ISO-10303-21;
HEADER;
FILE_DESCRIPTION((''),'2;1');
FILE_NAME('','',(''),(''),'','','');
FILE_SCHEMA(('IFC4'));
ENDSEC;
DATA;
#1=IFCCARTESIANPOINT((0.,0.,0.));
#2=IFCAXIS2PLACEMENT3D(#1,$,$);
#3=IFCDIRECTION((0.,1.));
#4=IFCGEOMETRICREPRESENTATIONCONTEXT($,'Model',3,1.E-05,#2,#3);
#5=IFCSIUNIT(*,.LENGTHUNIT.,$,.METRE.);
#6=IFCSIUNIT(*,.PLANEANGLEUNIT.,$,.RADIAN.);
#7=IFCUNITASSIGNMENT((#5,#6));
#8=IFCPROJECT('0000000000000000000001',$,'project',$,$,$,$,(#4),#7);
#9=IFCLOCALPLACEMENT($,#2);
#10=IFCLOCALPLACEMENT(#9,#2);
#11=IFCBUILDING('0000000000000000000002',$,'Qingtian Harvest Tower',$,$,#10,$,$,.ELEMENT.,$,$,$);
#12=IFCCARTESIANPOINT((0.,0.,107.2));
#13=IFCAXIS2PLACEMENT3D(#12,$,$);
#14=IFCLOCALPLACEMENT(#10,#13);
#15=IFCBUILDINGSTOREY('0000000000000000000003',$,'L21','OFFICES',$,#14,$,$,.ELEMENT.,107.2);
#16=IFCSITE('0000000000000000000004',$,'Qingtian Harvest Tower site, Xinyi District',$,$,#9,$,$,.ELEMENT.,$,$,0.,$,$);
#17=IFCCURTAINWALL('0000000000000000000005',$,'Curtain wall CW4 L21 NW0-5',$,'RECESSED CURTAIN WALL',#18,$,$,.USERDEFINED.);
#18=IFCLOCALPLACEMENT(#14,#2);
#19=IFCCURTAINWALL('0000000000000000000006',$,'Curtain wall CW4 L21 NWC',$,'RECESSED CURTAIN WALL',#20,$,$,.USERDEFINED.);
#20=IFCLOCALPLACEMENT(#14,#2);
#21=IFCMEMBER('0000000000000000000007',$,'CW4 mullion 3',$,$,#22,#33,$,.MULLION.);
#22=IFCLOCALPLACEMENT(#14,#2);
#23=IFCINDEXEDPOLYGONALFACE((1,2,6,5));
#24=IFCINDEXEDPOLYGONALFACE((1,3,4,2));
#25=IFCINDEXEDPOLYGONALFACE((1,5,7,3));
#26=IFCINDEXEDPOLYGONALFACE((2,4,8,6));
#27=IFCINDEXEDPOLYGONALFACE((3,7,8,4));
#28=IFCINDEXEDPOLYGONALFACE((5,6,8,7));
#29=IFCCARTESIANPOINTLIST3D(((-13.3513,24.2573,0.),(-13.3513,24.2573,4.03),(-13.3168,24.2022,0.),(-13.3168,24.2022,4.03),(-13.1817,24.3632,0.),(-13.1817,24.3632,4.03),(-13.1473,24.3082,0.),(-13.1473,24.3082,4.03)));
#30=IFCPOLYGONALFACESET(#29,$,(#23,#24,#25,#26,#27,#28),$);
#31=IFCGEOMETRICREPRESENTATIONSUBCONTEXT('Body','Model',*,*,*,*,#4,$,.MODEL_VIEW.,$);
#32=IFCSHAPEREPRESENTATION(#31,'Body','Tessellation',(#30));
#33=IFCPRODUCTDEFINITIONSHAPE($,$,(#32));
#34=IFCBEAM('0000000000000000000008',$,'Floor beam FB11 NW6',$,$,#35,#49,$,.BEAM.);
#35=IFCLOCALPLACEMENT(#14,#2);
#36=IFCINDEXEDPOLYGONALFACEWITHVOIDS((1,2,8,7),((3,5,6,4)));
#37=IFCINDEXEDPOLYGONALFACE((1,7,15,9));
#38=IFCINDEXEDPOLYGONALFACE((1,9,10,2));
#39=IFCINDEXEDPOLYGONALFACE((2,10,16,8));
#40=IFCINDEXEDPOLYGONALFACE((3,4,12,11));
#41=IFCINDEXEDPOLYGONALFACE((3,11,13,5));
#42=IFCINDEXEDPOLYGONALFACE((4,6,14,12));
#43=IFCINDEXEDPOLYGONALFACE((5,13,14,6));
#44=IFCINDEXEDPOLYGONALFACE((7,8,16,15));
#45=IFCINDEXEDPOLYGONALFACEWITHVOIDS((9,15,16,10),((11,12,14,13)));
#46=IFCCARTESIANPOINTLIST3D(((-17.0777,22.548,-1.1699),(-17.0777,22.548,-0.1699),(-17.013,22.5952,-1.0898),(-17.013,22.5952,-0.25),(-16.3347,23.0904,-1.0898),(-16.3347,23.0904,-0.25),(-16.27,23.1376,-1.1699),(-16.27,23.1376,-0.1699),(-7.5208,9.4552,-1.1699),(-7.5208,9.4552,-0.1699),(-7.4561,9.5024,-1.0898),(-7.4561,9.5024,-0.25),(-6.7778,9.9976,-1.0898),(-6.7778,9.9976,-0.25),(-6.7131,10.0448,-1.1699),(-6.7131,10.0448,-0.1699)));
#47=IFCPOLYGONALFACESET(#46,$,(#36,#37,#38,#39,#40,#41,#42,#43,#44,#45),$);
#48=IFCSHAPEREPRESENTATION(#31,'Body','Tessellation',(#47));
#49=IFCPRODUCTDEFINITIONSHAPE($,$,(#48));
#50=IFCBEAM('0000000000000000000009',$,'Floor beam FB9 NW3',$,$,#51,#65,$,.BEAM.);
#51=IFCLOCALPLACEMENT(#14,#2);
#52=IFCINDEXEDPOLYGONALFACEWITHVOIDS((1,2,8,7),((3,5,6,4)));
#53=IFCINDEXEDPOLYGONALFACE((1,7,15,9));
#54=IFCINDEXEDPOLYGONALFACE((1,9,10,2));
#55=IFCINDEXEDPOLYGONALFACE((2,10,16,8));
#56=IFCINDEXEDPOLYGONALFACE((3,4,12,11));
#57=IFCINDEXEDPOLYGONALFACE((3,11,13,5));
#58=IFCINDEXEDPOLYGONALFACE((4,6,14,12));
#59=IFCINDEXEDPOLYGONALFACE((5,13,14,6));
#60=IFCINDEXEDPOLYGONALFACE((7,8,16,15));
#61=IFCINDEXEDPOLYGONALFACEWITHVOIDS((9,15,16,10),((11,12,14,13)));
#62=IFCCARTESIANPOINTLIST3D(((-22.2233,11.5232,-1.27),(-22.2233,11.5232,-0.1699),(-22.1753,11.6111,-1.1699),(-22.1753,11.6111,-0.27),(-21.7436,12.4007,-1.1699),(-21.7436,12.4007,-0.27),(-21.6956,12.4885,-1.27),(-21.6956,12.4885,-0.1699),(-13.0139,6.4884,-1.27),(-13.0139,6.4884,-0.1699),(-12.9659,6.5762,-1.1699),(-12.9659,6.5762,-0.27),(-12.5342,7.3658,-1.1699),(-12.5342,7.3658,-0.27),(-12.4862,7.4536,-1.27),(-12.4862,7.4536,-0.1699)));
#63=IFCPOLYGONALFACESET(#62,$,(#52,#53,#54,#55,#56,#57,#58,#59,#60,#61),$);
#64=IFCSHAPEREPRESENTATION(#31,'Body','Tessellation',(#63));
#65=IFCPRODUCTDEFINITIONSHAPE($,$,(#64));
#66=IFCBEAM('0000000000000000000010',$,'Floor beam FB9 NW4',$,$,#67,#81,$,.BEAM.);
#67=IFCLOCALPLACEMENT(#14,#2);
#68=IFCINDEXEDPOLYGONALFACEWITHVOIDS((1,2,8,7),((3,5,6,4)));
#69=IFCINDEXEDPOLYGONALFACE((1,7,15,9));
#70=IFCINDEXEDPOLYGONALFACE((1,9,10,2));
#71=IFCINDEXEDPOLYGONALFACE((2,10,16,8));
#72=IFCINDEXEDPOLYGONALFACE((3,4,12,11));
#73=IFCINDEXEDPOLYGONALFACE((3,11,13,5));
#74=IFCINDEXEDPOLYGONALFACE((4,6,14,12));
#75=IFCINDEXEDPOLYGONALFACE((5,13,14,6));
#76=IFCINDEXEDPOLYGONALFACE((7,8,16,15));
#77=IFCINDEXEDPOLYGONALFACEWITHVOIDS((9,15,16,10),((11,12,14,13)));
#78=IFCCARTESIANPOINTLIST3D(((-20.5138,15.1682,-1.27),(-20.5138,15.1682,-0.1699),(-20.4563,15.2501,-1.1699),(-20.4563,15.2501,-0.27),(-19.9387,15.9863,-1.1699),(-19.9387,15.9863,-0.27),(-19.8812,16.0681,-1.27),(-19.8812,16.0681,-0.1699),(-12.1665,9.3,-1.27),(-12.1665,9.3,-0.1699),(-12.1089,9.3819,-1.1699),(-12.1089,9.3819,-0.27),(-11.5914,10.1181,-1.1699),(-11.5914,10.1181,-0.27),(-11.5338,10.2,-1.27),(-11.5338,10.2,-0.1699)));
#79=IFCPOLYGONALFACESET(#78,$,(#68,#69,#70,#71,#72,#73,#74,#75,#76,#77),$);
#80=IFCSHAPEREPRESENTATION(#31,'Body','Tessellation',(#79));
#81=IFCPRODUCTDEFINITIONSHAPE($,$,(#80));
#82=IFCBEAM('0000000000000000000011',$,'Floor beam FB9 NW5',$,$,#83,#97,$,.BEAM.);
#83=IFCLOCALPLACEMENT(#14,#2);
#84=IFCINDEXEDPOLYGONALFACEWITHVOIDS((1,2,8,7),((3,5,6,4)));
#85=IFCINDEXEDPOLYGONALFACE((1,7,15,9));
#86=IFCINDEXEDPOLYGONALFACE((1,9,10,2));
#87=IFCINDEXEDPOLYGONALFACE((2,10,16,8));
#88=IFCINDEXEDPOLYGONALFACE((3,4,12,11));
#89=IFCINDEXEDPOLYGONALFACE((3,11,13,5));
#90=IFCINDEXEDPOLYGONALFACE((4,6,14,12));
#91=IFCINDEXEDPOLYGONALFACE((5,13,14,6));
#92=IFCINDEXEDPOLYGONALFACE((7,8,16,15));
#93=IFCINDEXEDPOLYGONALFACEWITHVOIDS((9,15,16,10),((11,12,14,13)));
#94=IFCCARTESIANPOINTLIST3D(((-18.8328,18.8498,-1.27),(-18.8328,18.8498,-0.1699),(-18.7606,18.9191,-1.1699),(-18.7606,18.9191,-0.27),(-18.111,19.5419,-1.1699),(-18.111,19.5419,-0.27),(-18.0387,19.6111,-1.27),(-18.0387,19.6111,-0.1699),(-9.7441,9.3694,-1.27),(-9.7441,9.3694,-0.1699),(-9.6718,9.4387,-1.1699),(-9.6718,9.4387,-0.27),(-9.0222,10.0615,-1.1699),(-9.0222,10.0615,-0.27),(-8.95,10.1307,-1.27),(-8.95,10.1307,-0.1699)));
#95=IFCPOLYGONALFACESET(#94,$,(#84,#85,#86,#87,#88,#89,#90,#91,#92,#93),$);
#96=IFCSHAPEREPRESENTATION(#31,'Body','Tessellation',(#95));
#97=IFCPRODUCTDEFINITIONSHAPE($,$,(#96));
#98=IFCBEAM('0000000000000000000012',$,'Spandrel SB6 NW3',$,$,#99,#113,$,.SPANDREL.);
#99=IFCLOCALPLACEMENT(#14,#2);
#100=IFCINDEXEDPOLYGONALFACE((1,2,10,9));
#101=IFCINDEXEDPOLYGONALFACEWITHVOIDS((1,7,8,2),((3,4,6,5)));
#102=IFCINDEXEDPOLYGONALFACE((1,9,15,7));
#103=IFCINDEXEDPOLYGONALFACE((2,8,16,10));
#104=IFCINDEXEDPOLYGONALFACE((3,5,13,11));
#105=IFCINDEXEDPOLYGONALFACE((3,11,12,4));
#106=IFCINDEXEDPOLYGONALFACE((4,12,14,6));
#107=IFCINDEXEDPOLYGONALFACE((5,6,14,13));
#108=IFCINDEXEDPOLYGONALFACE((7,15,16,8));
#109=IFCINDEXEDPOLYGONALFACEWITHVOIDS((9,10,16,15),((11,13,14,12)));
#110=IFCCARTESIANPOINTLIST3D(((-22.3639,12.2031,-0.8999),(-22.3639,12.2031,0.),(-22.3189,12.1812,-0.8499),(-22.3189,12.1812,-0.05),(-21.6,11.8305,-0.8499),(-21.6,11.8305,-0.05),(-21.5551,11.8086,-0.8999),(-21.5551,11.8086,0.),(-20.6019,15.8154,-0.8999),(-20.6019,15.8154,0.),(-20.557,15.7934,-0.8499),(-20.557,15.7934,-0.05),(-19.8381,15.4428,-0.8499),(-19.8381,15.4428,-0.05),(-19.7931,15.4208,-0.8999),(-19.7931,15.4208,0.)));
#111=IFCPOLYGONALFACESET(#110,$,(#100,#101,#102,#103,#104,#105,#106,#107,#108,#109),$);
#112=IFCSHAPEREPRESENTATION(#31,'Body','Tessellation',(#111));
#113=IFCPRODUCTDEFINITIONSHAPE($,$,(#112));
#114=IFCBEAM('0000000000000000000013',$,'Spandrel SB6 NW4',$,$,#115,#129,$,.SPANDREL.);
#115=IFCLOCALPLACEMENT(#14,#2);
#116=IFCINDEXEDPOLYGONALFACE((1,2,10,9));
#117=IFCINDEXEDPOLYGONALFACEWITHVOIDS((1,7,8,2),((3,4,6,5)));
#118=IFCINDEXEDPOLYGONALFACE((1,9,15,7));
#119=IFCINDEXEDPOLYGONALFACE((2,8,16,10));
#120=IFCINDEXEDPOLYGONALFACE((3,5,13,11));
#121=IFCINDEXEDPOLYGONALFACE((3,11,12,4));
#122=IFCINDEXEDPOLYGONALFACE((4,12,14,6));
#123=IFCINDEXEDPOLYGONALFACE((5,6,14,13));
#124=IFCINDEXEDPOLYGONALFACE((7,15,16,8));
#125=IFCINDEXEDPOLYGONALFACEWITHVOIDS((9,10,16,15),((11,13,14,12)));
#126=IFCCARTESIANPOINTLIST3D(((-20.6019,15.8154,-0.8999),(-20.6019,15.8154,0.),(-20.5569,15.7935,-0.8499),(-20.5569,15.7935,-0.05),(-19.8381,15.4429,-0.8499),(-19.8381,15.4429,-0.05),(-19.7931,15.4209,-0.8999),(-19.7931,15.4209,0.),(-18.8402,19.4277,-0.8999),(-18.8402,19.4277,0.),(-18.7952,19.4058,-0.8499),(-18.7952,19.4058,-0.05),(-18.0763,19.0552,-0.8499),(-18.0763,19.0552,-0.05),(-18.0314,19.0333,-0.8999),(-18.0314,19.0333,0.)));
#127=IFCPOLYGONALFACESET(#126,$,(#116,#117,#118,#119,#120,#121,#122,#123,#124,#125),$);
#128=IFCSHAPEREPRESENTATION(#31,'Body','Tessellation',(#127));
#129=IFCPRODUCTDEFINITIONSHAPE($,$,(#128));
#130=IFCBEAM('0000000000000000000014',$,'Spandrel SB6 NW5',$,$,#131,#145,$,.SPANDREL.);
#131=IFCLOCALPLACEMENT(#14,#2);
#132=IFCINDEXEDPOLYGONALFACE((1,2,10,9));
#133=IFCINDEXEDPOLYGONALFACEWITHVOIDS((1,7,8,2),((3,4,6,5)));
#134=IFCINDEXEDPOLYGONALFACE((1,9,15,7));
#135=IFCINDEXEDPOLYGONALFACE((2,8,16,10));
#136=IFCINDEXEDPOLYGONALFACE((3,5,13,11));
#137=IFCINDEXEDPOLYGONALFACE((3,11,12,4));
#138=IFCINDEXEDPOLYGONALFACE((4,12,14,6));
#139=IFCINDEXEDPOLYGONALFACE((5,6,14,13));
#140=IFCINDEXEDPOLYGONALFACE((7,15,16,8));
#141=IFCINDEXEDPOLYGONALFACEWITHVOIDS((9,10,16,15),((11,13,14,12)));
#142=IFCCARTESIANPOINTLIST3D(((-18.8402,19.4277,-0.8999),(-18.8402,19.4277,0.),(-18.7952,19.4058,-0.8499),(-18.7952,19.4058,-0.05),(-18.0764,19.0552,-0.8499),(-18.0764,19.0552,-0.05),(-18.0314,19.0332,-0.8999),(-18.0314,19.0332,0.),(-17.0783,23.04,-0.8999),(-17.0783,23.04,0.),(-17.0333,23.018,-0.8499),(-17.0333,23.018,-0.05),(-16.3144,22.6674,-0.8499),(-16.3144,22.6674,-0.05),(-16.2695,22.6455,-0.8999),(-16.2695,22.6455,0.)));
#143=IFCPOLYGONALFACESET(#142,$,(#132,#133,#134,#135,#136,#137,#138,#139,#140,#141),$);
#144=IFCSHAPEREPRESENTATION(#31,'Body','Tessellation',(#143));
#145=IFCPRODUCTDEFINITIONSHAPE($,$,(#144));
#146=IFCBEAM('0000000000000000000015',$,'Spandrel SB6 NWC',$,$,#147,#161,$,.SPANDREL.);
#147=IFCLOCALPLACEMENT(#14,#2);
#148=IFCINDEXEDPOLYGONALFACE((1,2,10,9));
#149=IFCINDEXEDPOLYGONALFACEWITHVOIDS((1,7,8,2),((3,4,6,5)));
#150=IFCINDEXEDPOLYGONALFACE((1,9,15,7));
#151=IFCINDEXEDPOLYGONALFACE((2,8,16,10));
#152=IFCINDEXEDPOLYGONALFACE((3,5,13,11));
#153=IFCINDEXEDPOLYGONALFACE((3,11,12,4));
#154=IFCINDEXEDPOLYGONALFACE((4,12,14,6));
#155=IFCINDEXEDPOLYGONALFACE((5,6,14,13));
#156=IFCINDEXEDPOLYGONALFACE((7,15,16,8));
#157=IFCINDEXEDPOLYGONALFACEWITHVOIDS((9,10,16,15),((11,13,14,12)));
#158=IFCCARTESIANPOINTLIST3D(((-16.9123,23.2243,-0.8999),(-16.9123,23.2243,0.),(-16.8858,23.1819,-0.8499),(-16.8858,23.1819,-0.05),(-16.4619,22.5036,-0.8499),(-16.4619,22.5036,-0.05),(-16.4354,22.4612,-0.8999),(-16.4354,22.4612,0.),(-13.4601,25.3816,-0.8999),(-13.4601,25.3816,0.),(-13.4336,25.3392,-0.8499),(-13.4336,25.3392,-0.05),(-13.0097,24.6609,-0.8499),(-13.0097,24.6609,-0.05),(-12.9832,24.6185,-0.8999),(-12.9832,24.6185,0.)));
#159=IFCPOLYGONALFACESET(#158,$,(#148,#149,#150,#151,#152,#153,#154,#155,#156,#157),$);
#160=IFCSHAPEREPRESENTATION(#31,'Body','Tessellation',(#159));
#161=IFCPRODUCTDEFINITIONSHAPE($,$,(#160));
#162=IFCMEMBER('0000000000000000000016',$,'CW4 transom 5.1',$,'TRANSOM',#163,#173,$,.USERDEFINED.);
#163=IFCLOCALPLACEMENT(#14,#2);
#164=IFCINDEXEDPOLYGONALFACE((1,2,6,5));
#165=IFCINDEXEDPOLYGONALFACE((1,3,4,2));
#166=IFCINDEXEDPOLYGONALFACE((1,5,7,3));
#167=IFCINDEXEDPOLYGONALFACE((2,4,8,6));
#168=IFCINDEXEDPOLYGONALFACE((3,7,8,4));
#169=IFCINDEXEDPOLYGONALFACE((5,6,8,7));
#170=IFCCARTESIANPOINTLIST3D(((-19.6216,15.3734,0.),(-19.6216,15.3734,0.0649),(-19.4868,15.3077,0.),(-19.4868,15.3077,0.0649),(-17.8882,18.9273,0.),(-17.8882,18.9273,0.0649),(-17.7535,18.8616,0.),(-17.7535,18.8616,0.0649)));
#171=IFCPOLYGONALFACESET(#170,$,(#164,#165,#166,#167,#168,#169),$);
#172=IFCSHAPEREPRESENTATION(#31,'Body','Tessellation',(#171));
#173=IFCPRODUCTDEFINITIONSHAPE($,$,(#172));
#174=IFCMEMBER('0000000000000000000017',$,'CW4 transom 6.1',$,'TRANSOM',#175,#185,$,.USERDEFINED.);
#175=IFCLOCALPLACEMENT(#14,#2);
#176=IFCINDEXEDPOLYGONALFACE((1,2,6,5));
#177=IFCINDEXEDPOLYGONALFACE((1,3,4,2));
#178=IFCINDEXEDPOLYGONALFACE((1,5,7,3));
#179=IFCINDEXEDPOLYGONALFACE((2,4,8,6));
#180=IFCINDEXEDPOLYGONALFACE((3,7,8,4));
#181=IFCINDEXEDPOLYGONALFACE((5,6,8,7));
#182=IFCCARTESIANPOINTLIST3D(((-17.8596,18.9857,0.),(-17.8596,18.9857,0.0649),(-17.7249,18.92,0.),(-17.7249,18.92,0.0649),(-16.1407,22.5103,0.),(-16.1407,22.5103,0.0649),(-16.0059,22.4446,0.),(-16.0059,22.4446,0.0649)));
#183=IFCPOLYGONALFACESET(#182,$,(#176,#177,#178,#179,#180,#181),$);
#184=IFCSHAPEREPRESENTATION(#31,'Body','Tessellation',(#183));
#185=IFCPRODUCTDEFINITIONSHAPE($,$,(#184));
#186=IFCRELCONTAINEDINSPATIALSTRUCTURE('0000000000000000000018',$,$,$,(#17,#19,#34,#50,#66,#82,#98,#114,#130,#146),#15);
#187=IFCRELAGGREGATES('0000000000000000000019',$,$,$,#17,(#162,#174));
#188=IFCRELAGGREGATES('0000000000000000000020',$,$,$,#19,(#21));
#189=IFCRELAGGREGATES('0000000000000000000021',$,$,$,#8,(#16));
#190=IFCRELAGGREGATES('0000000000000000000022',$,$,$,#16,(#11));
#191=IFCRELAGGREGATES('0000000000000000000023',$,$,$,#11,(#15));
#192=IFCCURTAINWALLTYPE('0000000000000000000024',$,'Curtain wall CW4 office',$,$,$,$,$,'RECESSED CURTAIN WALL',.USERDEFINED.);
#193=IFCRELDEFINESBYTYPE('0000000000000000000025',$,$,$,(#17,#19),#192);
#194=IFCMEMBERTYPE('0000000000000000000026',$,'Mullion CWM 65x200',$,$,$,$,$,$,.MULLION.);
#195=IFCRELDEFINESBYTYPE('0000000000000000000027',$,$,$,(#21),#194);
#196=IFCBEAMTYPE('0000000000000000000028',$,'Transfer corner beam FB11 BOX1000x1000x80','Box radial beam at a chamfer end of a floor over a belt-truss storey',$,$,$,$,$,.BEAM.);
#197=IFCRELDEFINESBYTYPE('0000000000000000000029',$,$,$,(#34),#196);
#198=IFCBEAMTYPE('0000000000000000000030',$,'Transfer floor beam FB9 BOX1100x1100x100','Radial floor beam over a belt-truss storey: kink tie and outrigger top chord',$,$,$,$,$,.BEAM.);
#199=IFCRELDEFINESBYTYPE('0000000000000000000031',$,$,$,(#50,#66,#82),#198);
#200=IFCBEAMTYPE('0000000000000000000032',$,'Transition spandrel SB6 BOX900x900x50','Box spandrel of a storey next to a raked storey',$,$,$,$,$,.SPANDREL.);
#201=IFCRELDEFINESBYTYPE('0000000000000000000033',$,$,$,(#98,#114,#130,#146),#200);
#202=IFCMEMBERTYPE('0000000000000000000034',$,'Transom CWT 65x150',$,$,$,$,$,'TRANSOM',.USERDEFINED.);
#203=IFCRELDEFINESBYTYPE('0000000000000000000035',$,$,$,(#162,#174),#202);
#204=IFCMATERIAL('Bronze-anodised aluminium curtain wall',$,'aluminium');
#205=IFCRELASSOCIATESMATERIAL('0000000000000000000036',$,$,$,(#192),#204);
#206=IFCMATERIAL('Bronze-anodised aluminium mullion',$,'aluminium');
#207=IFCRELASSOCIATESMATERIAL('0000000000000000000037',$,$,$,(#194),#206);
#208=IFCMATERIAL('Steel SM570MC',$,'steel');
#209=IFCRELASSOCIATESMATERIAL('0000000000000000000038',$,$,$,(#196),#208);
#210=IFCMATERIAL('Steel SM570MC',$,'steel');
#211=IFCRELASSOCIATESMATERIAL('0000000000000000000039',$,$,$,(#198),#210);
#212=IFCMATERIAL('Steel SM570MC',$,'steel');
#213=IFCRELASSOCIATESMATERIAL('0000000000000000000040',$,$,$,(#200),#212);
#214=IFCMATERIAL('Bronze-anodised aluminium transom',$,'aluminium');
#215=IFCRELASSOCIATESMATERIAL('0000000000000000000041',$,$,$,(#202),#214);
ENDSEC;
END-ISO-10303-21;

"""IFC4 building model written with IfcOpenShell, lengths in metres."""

from ifc_helpers import new_model, si_unit, direction, frame, origin, origin_2d, place, context, subcontext, project, spatial, rectangle, hollow_rectangle, extrude, material, material_profile, profile_set, type_object, element, aggregate, save


model = new_model("IFC4")

# Units and contexts
model_context = context("Model", 3, precision=1e-05, world=origin(), true_north=direction((0.0, 1.0)))
body_context = subcontext(model_context, "Body", "Model", "MODEL_VIEW")
ifc_project = project(units=[si_unit("LENGTHUNIT", "METRE"), si_unit("PLANEANGLEUNIT", "RADIAN")], contexts=[model_context])

# Site, building, storey
site_placement = place(None, origin())
site = spatial("IfcSite", under=ifc_project, at=site_placement, Name="Qingtian Harvest Tower site, Xinyi District", CompositionType="ELEMENT", RefElevation=0.0)
building_placement = place(site_placement, origin())
building = spatial("IfcBuilding", under=site, at=building_placement, Name="Qingtian Harvest Tower", CompositionType="ELEMENT")
storey_placement = place(building_placement, frame((0.0, 0.0, 107.2)))
storey = spatial("IfcBuildingStorey", under=building, at=storey_placement, Name="L21", Description="OFFICES", CompositionType="ELEMENT", Elevation=107.2)

# Curtain walls, member
ifc_material_1 = material(Name="Bronze-anodised aluminium curtain wall", Category="aluminium")
curtain_wall_type = type_object("IfcCurtainWallType", Name="Curtain wall CW4 office", ElementType="RECESSED CURTAIN WALL", PredefinedType="USERDEFINED", material=ifc_material_1)
curtain_wall_1_placement = place(storey_placement, origin())
curtain_wall_1 = element("IfcCurtainWall", 1, at=curtain_wall_1_placement, inside=storey, type_object=curtain_wall_type, Name="Curtain wall CW4 L21 NW0-5", ObjectType="RECESSED CURTAIN WALL", PredefinedType="USERDEFINED")
ifc_material_2 = material(Name="Bronze-anodised aluminium mullion", Category="aluminium")
ifc_material_profile_1 = material_profile(ifc_material_2, rectangle(XDim=0.0649, YDim=0.2, at=origin_2d()), Name="AL 65x200")
ifc_profile_set_1 = profile_set([ifc_material_profile_1], Name="Bronze-anodised aluminium mullion")
member_type_1 = type_object("IfcMemberType", Name="Mullion CWM 65x200", PredefinedType="MULLION", material=ifc_profile_set_1)
curtain_wall_2_placement = place(storey_placement, origin())
curtain_wall_2 = element("IfcCurtainWall", 2, at=curtain_wall_2_placement, inside=storey, type_object=curtain_wall_type, Name="Curtain wall CW4 L21 NWC", ObjectType="RECESSED CURTAIN WALL", PredefinedType="USERDEFINED")
member_1_placement = place(storey_placement, frame((-13.2493, 24.2827, 0.0), z_axis=(0.0, 0.0, 1.0), x_axis=(-0.529919, 0.848048, 0.0)))
member_1 = element("IfcMember", 3, at=member_1_placement, type_object=member_type_1, Name="CW4 mullion 3", PredefinedType="MULLION", context=body_context, shape_type="SweptSolid", body=[
    extrude(rectangle(XDim=0.0649, YDim=0.2, at=origin_2d()), origin(), (0.0, 0.0, 1.0), 4.03),
])

# Beams
ifc_material_3 = material(Name="Steel SM570MC", Category="steel")
ifc_material_profile_2 = material_profile(ifc_material_3, hollow_rectangle(XDim=1.0, YDim=1.0, WallThickness=0.0801, at=origin_2d()), Name="BOX1000x1000x80")
ifc_profile_set_2 = profile_set([ifc_material_profile_2], Name="Steel SM570MC")
beam_type_1 = type_object("IfcBeamType", Name="Transfer corner beam FB11 BOX1000x1000x80", Description="Box radial beam at a chamfer end of a floor over a belt-truss storey", PredefinedType="BEAM", material=ifc_profile_set_2)
beam_1_placement = place(storey_placement, frame((-16.6738, 22.8428, -0.6699), z_axis=(0.589578, -0.807712, 0.0), x_axis=(0.807712, 0.589578, 0.0)))
element("IfcBeam", 4, at=beam_1_placement, inside=storey, type_object=beam_type_1, Name="Floor beam FB11 NW6", PredefinedType="BEAM", context=body_context, shape_type="SweptSolid", body=[
    extrude(hollow_rectangle(XDim=1.0, YDim=1.0, WallThickness=0.0801, at=origin_2d()), origin(), (0.0, 0.0, 1.0), 16.2097),
])
ifc_material_4 = material(Name="Steel SM570MC", Category="steel")
ifc_material_profile_3 = material_profile(ifc_material_4, hollow_rectangle(XDim=1.1001, YDim=1.1001, WallThickness=0.1001, at=origin_2d()), Name="BOX1100x1100x100")
ifc_profile_set_3 = profile_set([ifc_material_profile_3], Name="Steel SM570MC")
beam_type_2 = type_object("IfcBeamType", Name="Transfer floor beam FB9 BOX1100x1100x100", Description="Radial floor beam over a belt-truss storey: kink tie and outrigger top chord", PredefinedType="BEAM", material=ifc_profile_set_3)
beam_2_placement = place(storey_placement, frame((-21.9595, 12.0059, -0.72), z_axis=(0.877432, -0.479701, 0.0), x_axis=(0.479701, 0.877432, 0.0)))
element("IfcBeam", 5, at=beam_2_placement, inside=storey, type_object=beam_type_2, Name="Floor beam FB9 NW3", PredefinedType="BEAM", context=body_context, shape_type="SweptSolid", body=[
    extrude(hollow_rectangle(XDim=1.1001, YDim=1.1001, WallThickness=0.1001, at=origin_2d()), origin(), (0.0, 0.0, 1.0), 10.4958),
])
beam_3_placement = place(storey_placement, frame((-20.1975, 15.6182, -0.72), z_axis=(0.81808, -0.575104, 0.0), x_axis=(0.575104, 0.81808, 0.0)))
element("IfcBeam", 6, at=beam_3_placement, inside=storey, type_object=beam_type_2, Name="Floor beam FB9 NW4", PredefinedType="BEAM", context=body_context, shape_type="SweptSolid", body=[
    extrude(hollow_rectangle(XDim=1.1001, YDim=1.1001, WallThickness=0.1001, at=origin_2d()), origin(), (0.0, 0.0, 1.0), 10.2036),
])
beam_4_placement = place(storey_placement, frame((-18.4358, 19.2305, -0.72), z_axis=(0.692041, -0.721858, 0.0), x_axis=(0.721858, 0.692041, 0.0)))
element("IfcBeam", 7, at=beam_4_placement, inside=storey, type_object=beam_type_2, Name="Floor beam FB9 NW5", PredefinedType="BEAM", context=body_context, shape_type="SweptSolid", body=[
    extrude(hollow_rectangle(XDim=1.1001, YDim=1.1001, WallThickness=0.1001, at=origin_2d()), origin(), (0.0, 0.0, 1.0), 13.1333),
])
ifc_material_5 = material(Name="Steel SM570MC", Category="steel")
ifc_material_profile_4 = material_profile(ifc_material_5, hollow_rectangle(XDim=0.8999, YDim=0.8999, WallThickness=0.05, at=origin_2d()), Name="BOX900x900x50")
ifc_profile_set_4 = profile_set([ifc_material_profile_4], Name="Steel SM570MC")
beam_type_3 = type_object("IfcBeamType", Name="Transition spandrel SB6 BOX900x900x50", Description="Box spandrel of a storey next to a raked storey", PredefinedType="SPANDREL", material=ifc_profile_set_4)
for number, where, z_axis, x_axis, name in (
    (8, (-21.9595, 12.0059, -0.45), (0.438396, 0.898782, 0.0), (-0.898782, 0.438396, 0.0), "Spandrel SB6 NW3"),
    (9, (-20.1975, 15.6182, -0.45), (0.438347, 0.898806, 0.0), (-0.898806, 0.438347, 0.0), "Spandrel SB6 NW4"),
    (10, (-18.4358, 19.2305, -0.45), (0.438396, 0.898782, 0.0), (-0.898782, 0.438396, 0.0), "Spandrel SB6 NW5"),
):
    element("IfcBeam", number, at=place(storey_placement, frame(where, z_axis=z_axis, x_axis=x_axis)), inside=storey, type_object=beam_type_3, Name=name, PredefinedType="SPANDREL", context=body_context, shape_type="SweptSolid", body=[
        extrude(hollow_rectangle(XDim=0.8999, YDim=0.8999, WallThickness=0.05, at=origin_2d()), origin(), (0.0, 0.0, 1.0), 4.019),
    ])
beam_5_placement = place(storey_placement, frame((-16.6738, 22.8428, -0.45), z_axis=(0.848039, 0.529934, 0.0), x_axis=(-0.529934, 0.848039, 0.0)))
element("IfcBeam", 11, at=beam_5_placement, inside=storey, type_object=beam_type_3, Name="Spandrel SB6 NWC", PredefinedType="SPANDREL", context=body_context, shape_type="SweptSolid", body=[
    extrude(hollow_rectangle(XDim=0.8999, YDim=0.8999, WallThickness=0.05, at=origin_2d()), origin(), (0.0, 0.0, 1.0), 4.0708),
])

# Members
ifc_material_6 = material(Name="Bronze-anodised aluminium transom", Category="aluminium")
ifc_material_profile_5 = material_profile(ifc_material_6, rectangle(XDim=0.1499, YDim=0.0649, at=origin_2d()), Name="AL 65x150")
ifc_profile_set_5 = profile_set([ifc_material_profile_5], Name="Bronze-anodised aluminium transom")
member_type_2 = type_object("IfcMemberType", Name="Transom CWT 65x150", ElementType="TRANSOM", PredefinedType="USERDEFINED", material=ifc_profile_set_5)
member_2_placement = place(storey_placement, frame((-19.5542, 15.3406, 0.0325), z_axis=(0.438375, 0.898792, 0.0), x_axis=(-0.898792, 0.438375, 0.0)))
member_2 = element("IfcMember", 12, at=member_2_placement, type_object=member_type_2, Name="CW4 transom 5.1", ObjectType="TRANSOM", PredefinedType="USERDEFINED", context=body_context, shape_type="SweptSolid", body=[
    extrude(rectangle(XDim=0.1499, YDim=0.0649, at=origin_2d()), origin(), (0.0, 0.0, 1.0), 3.9541),
])
member_3_placement = place(storey_placement, frame((-17.7922, 18.9529, 0.0325), z_axis=(0.438351, 0.898804, 0.0), x_axis=(-0.898804, 0.438351, 0.0)))
member_3 = element("IfcMember", 13, at=member_3_placement, type_object=member_type_2, Name="CW4 transom 6.1", ObjectType="TRANSOM", PredefinedType="USERDEFINED", context=body_context, shape_type="SweptSolid", body=[
    extrude(rectangle(XDim=0.1499, YDim=0.0649, at=origin_2d()), origin(), (0.0, 0.0, 1.0), 3.9214),
])

aggregate(curtain_wall_1, [member_2, member_3])
aggregate(curtain_wall_2, [member_1])

save(model, "model.ifc")
